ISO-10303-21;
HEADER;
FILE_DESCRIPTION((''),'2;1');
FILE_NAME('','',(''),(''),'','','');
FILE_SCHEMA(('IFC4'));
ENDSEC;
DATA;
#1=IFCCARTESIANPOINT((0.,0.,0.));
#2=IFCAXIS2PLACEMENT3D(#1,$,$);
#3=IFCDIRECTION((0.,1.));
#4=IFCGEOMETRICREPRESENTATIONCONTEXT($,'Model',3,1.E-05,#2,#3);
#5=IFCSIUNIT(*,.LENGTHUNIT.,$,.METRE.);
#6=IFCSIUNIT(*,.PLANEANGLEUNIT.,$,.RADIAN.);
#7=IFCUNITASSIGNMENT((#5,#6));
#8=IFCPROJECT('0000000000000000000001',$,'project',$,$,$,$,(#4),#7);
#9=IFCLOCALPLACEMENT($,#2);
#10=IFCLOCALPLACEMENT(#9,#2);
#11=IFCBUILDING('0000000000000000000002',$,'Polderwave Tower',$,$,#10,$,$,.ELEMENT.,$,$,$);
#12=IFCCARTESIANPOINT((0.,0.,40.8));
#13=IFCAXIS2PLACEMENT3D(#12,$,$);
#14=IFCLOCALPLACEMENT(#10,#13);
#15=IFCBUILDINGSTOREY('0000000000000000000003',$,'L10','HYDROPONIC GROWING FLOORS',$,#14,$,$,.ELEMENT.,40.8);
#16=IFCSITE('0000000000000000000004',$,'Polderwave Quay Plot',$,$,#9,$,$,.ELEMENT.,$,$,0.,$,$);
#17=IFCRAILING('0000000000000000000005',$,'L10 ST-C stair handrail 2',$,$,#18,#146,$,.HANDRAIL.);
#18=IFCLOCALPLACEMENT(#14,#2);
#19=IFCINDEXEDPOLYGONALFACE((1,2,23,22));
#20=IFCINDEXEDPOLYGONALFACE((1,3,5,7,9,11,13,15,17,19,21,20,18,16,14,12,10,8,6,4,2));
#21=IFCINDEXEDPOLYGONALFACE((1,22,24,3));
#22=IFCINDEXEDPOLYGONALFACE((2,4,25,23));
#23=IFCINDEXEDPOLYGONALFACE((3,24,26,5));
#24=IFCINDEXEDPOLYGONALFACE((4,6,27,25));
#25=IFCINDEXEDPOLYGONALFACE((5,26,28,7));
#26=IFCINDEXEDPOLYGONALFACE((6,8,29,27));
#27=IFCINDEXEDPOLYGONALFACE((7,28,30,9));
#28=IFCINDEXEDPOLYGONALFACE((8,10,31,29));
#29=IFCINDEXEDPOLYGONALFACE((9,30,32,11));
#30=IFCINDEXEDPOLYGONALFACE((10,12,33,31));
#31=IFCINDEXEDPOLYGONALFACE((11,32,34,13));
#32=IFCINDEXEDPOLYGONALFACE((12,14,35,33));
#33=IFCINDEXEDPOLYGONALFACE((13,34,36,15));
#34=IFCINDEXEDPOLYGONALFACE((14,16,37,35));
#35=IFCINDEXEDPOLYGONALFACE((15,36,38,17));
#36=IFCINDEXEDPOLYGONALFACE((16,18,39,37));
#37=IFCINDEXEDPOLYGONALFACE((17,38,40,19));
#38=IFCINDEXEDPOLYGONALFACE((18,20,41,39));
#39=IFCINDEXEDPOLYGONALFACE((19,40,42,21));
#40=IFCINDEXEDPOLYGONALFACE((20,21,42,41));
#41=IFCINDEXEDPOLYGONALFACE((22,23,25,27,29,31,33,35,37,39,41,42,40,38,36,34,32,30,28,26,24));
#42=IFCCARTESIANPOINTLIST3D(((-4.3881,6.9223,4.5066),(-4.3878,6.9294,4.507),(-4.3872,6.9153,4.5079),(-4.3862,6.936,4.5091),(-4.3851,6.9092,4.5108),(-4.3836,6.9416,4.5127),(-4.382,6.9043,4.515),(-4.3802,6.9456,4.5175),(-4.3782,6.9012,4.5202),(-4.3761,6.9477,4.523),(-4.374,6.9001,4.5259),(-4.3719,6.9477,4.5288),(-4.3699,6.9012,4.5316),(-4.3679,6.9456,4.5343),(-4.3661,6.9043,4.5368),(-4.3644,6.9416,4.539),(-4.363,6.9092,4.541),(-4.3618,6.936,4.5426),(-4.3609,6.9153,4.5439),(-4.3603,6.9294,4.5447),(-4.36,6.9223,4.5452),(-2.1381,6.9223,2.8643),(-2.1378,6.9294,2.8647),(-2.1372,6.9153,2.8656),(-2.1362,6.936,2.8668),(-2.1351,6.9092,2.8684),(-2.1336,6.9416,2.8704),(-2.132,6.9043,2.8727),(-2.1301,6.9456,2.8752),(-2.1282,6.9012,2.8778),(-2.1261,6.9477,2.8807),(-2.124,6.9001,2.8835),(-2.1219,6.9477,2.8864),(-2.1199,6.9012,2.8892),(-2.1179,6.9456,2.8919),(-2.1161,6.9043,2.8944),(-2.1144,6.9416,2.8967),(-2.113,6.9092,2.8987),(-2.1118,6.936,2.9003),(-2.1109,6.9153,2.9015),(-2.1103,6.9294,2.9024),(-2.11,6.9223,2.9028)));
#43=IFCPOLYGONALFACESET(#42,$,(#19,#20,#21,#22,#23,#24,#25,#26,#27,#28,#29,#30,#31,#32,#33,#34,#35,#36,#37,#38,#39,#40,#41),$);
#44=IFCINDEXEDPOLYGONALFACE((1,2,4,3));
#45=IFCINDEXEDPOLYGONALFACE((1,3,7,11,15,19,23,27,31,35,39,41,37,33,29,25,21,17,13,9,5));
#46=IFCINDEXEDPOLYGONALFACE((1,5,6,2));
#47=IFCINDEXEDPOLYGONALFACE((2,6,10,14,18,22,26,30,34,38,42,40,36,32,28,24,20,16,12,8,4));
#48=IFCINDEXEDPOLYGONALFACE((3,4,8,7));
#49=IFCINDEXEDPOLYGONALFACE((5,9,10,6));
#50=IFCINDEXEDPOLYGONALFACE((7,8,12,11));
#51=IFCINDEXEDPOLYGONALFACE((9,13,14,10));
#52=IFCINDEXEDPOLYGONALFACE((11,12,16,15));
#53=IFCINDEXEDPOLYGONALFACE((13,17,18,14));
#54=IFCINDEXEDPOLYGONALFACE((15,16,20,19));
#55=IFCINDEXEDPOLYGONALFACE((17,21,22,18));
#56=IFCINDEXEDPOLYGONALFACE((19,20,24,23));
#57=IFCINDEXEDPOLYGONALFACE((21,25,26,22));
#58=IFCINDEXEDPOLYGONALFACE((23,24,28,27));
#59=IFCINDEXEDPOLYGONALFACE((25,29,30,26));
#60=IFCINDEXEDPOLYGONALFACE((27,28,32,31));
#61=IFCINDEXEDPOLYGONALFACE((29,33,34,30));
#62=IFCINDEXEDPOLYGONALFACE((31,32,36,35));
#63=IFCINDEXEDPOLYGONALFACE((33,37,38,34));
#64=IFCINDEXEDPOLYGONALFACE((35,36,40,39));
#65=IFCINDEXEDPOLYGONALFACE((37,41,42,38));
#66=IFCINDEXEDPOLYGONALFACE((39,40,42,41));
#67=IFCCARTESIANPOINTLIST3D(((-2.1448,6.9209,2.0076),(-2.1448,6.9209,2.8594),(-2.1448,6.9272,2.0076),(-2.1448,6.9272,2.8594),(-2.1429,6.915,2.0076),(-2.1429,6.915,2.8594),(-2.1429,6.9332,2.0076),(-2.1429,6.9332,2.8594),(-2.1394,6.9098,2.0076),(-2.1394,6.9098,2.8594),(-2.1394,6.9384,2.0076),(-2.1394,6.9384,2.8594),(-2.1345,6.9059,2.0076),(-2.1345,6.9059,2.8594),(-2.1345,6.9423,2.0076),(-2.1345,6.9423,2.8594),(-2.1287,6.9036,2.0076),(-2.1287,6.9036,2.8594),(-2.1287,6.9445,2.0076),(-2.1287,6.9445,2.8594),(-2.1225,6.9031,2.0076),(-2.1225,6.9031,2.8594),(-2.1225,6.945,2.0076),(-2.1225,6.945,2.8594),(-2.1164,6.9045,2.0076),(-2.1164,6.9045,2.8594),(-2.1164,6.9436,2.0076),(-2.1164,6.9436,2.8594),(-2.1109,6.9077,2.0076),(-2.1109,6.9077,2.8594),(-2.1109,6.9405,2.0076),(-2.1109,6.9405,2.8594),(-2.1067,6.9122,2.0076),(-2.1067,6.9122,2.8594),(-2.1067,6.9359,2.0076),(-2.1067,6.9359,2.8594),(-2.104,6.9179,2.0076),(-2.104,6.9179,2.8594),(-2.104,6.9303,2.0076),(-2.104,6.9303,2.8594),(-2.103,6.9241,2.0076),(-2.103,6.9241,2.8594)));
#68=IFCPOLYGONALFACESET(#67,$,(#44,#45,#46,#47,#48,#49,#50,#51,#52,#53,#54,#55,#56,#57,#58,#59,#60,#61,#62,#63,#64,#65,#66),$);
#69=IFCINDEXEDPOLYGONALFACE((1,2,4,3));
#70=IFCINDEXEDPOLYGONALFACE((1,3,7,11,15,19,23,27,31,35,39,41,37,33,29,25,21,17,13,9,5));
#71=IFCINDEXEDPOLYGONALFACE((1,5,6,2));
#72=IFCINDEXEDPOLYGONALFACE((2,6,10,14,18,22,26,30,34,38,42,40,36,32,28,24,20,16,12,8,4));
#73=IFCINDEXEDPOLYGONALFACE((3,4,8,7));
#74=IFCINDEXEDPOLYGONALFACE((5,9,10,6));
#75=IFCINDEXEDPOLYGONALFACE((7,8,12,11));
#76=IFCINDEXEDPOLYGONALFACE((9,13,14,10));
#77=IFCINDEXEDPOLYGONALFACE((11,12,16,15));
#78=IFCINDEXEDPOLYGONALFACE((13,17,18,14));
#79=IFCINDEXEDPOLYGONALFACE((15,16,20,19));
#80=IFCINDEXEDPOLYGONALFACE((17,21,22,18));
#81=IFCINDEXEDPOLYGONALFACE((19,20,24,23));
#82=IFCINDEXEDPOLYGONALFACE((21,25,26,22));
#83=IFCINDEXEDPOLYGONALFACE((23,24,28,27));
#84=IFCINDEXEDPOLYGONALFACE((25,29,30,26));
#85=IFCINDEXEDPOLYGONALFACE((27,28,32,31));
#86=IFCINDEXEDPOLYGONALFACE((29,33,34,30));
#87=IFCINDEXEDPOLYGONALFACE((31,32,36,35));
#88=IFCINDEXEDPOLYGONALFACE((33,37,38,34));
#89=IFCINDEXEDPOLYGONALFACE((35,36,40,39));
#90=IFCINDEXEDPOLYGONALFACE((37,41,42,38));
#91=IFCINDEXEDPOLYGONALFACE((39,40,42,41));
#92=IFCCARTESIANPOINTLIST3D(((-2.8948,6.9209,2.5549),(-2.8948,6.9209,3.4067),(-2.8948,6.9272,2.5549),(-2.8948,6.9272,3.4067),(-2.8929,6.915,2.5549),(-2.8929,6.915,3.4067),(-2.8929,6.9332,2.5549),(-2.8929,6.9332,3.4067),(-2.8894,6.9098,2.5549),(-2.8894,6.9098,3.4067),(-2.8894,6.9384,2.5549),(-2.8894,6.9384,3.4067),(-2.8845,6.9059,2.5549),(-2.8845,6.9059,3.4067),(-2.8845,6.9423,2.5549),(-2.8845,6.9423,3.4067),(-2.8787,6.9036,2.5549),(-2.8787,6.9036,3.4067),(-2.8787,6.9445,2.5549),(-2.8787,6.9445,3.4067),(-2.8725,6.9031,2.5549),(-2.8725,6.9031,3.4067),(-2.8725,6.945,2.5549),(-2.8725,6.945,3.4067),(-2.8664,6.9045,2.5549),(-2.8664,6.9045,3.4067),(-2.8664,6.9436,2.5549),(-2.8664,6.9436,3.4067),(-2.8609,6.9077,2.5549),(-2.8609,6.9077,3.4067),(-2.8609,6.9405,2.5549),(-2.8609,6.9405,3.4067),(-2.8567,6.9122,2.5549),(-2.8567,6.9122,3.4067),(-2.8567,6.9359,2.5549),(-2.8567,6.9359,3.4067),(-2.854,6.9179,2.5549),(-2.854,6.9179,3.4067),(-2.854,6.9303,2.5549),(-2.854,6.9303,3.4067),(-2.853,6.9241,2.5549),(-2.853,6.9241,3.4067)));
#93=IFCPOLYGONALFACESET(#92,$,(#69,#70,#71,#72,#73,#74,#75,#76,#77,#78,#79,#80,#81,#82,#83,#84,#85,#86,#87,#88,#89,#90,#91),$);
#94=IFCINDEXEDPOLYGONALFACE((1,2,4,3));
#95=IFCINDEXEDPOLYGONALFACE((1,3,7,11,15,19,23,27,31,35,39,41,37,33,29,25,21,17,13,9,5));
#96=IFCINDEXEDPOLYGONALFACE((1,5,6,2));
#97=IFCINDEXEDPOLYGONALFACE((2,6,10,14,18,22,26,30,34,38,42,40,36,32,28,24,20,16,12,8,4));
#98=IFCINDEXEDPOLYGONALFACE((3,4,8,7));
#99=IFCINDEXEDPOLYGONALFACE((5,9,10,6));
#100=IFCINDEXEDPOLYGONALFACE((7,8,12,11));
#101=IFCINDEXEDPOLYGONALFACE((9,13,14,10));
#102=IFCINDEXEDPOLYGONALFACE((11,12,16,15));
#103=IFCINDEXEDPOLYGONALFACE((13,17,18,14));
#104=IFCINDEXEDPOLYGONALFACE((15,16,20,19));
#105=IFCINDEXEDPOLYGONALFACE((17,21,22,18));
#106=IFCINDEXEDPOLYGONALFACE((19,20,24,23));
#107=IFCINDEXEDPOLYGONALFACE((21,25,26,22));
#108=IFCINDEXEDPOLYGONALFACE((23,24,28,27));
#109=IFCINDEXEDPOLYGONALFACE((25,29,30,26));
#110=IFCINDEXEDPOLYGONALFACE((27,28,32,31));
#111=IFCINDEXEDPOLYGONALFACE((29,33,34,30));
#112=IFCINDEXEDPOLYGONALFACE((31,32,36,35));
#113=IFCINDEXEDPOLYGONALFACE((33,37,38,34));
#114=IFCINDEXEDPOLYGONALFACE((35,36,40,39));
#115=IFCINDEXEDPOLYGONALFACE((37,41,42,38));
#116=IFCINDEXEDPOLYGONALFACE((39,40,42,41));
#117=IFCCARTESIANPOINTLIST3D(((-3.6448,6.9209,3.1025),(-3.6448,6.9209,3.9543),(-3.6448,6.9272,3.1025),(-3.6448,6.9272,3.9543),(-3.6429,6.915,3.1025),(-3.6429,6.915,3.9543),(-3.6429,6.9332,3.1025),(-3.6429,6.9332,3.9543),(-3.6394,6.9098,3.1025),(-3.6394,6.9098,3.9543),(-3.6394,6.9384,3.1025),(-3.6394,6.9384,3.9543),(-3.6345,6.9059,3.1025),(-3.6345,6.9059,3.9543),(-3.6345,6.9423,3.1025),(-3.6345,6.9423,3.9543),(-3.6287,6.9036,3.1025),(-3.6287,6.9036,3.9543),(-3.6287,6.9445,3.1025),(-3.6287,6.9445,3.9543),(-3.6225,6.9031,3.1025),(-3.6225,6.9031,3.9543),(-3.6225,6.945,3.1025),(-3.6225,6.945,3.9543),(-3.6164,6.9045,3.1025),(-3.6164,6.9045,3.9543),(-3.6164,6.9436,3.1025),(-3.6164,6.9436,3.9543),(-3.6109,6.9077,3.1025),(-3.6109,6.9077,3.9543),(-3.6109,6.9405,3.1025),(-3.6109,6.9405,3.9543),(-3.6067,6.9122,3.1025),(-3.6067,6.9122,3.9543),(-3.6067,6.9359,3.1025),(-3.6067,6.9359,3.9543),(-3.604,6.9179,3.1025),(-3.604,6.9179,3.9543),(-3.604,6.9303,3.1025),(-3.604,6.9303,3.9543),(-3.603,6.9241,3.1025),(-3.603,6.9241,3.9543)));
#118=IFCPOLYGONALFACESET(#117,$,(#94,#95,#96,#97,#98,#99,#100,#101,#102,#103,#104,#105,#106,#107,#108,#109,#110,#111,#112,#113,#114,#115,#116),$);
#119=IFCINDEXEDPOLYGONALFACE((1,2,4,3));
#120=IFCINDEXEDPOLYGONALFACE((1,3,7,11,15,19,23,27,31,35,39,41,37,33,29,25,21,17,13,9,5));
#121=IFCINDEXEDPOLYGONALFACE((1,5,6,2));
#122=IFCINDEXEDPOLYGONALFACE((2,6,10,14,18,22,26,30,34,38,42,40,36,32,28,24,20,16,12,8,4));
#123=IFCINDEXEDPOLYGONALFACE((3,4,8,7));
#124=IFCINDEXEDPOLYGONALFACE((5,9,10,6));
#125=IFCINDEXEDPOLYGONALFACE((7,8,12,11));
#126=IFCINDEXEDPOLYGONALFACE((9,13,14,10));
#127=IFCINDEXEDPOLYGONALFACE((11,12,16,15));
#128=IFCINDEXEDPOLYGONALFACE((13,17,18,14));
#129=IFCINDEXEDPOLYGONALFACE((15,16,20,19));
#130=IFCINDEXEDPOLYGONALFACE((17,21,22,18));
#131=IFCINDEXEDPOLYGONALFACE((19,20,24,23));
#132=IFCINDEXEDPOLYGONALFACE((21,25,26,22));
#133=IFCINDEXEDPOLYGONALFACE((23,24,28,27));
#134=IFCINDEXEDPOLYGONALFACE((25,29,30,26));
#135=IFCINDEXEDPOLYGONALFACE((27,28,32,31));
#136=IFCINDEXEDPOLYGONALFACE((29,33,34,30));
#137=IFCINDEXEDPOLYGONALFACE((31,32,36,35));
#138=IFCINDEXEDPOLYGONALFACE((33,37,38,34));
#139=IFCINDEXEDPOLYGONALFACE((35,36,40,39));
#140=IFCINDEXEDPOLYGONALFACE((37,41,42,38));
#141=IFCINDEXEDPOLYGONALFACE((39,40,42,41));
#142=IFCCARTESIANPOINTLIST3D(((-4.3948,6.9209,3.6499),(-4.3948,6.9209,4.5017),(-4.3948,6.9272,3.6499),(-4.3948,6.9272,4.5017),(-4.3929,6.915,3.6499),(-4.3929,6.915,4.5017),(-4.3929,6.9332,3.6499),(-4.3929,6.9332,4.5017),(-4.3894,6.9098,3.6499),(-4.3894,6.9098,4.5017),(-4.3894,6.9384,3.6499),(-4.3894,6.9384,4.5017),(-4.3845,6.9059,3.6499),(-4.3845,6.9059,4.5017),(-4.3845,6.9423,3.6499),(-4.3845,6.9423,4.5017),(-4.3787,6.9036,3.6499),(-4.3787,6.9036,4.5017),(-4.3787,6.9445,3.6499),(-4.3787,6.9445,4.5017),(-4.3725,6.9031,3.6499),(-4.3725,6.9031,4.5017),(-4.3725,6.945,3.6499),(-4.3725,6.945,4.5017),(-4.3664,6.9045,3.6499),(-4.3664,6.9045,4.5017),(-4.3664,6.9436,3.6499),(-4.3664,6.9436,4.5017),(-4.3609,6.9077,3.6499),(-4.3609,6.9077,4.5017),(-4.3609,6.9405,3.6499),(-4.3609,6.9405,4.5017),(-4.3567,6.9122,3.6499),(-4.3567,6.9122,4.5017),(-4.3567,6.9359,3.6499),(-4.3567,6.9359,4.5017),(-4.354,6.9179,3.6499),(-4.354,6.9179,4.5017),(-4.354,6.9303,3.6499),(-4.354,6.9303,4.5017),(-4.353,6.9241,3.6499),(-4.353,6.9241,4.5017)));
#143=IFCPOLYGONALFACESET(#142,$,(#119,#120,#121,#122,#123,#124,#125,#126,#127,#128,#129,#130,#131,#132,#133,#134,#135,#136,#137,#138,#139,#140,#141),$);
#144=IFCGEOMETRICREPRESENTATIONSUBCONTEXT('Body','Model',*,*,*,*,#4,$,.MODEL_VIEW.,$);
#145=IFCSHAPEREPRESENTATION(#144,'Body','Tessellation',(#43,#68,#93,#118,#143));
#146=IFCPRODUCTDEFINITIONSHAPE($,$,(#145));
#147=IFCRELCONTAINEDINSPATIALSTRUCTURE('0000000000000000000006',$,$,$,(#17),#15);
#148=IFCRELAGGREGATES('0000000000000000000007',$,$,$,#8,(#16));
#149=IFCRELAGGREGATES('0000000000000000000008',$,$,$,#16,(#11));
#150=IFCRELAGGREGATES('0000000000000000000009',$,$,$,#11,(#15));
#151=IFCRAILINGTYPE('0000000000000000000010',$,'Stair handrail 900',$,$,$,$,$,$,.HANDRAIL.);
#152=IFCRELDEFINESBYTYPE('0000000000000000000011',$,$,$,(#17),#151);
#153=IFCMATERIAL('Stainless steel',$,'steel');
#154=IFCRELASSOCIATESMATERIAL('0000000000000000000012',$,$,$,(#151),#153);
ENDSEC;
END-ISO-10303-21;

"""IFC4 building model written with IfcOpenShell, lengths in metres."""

from ifc_helpers import new_model, si_unit, direction, frame, origin, origin_2d, place, context, subcontext, project, spatial, circle, extrude, material, type_object, element, save


model = new_model("IFC4")

# Units and contexts
model_context = context("Model", 3, precision=1e-05, world=origin(), true_north=direction((0.0, 1.0)))
body_context = subcontext(model_context, "Body", "Model", "MODEL_VIEW")
ifc_project = project(units=[si_unit("LENGTHUNIT", "METRE"), si_unit("PLANEANGLEUNIT", "RADIAN")], contexts=[model_context])

# Site, building, storey
site_placement = place(None, origin())
site = spatial("IfcSite", under=ifc_project, at=site_placement, Name="Polderwave Quay Plot", CompositionType="ELEMENT", RefElevation=0.0)
building_placement = place(site_placement, origin())
building = spatial("IfcBuilding", under=site, at=building_placement, Name="Polderwave Tower", CompositionType="ELEMENT")
storey_placement = place(building_placement, frame((0.0, 0.0, 40.8)))
storey = spatial("IfcBuildingStorey", under=building, at=storey_placement, Name="L10", Description="HYDROPONIC GROWING FLOORS", CompositionType="ELEMENT", Elevation=40.8)

# Railing
ifc_material_1 = material(Name="Stainless steel", Category="steel")
railing_type_1 = type_object("IfcRailingType", Name="Stair handrail 900", PredefinedType="HANDRAIL", material=ifc_material_1)
railing_1_placement = place(storey_placement, frame((-2.124, 6.9241, 2.0076)))
element("IfcRailing", 1, at=railing_1_placement, inside=storey, type_object=railing_type_1, Name="L10 ST-C stair handrail 2", PredefinedType="HANDRAIL", context=body_context, shape_type="SweptSolid", body=[
    extrude(circle(Radius=0.0239, at=origin_2d()), frame((0.0, 0.0, 0.876), z_axis=(-0.807715, 0.0, 0.589573), x_axis=(0.0, -1.0, 0.0)), (0.0, 0.0, 1.0), 2.7856),
    extrude(circle(Radius=0.021, at=origin_2d()), origin(), (0.0, 0.0, 1.0), 0.8518),
    extrude(circle(Radius=0.021, at=origin_2d()), frame((-0.75, 0.0, 0.5474)), (0.0, 0.0, 1.0), 0.8518),
    extrude(circle(Radius=0.021, at=origin_2d()), frame((-1.5, 0.0, 1.095)), (0.0, 0.0, 1.0), 0.8518),
    extrude(circle(Radius=0.021, at=origin_2d()), frame((-2.25, 0.0, 1.6423)), (0.0, 0.0, 1.0), 0.8518),
])

save(model, "model.ifc")
